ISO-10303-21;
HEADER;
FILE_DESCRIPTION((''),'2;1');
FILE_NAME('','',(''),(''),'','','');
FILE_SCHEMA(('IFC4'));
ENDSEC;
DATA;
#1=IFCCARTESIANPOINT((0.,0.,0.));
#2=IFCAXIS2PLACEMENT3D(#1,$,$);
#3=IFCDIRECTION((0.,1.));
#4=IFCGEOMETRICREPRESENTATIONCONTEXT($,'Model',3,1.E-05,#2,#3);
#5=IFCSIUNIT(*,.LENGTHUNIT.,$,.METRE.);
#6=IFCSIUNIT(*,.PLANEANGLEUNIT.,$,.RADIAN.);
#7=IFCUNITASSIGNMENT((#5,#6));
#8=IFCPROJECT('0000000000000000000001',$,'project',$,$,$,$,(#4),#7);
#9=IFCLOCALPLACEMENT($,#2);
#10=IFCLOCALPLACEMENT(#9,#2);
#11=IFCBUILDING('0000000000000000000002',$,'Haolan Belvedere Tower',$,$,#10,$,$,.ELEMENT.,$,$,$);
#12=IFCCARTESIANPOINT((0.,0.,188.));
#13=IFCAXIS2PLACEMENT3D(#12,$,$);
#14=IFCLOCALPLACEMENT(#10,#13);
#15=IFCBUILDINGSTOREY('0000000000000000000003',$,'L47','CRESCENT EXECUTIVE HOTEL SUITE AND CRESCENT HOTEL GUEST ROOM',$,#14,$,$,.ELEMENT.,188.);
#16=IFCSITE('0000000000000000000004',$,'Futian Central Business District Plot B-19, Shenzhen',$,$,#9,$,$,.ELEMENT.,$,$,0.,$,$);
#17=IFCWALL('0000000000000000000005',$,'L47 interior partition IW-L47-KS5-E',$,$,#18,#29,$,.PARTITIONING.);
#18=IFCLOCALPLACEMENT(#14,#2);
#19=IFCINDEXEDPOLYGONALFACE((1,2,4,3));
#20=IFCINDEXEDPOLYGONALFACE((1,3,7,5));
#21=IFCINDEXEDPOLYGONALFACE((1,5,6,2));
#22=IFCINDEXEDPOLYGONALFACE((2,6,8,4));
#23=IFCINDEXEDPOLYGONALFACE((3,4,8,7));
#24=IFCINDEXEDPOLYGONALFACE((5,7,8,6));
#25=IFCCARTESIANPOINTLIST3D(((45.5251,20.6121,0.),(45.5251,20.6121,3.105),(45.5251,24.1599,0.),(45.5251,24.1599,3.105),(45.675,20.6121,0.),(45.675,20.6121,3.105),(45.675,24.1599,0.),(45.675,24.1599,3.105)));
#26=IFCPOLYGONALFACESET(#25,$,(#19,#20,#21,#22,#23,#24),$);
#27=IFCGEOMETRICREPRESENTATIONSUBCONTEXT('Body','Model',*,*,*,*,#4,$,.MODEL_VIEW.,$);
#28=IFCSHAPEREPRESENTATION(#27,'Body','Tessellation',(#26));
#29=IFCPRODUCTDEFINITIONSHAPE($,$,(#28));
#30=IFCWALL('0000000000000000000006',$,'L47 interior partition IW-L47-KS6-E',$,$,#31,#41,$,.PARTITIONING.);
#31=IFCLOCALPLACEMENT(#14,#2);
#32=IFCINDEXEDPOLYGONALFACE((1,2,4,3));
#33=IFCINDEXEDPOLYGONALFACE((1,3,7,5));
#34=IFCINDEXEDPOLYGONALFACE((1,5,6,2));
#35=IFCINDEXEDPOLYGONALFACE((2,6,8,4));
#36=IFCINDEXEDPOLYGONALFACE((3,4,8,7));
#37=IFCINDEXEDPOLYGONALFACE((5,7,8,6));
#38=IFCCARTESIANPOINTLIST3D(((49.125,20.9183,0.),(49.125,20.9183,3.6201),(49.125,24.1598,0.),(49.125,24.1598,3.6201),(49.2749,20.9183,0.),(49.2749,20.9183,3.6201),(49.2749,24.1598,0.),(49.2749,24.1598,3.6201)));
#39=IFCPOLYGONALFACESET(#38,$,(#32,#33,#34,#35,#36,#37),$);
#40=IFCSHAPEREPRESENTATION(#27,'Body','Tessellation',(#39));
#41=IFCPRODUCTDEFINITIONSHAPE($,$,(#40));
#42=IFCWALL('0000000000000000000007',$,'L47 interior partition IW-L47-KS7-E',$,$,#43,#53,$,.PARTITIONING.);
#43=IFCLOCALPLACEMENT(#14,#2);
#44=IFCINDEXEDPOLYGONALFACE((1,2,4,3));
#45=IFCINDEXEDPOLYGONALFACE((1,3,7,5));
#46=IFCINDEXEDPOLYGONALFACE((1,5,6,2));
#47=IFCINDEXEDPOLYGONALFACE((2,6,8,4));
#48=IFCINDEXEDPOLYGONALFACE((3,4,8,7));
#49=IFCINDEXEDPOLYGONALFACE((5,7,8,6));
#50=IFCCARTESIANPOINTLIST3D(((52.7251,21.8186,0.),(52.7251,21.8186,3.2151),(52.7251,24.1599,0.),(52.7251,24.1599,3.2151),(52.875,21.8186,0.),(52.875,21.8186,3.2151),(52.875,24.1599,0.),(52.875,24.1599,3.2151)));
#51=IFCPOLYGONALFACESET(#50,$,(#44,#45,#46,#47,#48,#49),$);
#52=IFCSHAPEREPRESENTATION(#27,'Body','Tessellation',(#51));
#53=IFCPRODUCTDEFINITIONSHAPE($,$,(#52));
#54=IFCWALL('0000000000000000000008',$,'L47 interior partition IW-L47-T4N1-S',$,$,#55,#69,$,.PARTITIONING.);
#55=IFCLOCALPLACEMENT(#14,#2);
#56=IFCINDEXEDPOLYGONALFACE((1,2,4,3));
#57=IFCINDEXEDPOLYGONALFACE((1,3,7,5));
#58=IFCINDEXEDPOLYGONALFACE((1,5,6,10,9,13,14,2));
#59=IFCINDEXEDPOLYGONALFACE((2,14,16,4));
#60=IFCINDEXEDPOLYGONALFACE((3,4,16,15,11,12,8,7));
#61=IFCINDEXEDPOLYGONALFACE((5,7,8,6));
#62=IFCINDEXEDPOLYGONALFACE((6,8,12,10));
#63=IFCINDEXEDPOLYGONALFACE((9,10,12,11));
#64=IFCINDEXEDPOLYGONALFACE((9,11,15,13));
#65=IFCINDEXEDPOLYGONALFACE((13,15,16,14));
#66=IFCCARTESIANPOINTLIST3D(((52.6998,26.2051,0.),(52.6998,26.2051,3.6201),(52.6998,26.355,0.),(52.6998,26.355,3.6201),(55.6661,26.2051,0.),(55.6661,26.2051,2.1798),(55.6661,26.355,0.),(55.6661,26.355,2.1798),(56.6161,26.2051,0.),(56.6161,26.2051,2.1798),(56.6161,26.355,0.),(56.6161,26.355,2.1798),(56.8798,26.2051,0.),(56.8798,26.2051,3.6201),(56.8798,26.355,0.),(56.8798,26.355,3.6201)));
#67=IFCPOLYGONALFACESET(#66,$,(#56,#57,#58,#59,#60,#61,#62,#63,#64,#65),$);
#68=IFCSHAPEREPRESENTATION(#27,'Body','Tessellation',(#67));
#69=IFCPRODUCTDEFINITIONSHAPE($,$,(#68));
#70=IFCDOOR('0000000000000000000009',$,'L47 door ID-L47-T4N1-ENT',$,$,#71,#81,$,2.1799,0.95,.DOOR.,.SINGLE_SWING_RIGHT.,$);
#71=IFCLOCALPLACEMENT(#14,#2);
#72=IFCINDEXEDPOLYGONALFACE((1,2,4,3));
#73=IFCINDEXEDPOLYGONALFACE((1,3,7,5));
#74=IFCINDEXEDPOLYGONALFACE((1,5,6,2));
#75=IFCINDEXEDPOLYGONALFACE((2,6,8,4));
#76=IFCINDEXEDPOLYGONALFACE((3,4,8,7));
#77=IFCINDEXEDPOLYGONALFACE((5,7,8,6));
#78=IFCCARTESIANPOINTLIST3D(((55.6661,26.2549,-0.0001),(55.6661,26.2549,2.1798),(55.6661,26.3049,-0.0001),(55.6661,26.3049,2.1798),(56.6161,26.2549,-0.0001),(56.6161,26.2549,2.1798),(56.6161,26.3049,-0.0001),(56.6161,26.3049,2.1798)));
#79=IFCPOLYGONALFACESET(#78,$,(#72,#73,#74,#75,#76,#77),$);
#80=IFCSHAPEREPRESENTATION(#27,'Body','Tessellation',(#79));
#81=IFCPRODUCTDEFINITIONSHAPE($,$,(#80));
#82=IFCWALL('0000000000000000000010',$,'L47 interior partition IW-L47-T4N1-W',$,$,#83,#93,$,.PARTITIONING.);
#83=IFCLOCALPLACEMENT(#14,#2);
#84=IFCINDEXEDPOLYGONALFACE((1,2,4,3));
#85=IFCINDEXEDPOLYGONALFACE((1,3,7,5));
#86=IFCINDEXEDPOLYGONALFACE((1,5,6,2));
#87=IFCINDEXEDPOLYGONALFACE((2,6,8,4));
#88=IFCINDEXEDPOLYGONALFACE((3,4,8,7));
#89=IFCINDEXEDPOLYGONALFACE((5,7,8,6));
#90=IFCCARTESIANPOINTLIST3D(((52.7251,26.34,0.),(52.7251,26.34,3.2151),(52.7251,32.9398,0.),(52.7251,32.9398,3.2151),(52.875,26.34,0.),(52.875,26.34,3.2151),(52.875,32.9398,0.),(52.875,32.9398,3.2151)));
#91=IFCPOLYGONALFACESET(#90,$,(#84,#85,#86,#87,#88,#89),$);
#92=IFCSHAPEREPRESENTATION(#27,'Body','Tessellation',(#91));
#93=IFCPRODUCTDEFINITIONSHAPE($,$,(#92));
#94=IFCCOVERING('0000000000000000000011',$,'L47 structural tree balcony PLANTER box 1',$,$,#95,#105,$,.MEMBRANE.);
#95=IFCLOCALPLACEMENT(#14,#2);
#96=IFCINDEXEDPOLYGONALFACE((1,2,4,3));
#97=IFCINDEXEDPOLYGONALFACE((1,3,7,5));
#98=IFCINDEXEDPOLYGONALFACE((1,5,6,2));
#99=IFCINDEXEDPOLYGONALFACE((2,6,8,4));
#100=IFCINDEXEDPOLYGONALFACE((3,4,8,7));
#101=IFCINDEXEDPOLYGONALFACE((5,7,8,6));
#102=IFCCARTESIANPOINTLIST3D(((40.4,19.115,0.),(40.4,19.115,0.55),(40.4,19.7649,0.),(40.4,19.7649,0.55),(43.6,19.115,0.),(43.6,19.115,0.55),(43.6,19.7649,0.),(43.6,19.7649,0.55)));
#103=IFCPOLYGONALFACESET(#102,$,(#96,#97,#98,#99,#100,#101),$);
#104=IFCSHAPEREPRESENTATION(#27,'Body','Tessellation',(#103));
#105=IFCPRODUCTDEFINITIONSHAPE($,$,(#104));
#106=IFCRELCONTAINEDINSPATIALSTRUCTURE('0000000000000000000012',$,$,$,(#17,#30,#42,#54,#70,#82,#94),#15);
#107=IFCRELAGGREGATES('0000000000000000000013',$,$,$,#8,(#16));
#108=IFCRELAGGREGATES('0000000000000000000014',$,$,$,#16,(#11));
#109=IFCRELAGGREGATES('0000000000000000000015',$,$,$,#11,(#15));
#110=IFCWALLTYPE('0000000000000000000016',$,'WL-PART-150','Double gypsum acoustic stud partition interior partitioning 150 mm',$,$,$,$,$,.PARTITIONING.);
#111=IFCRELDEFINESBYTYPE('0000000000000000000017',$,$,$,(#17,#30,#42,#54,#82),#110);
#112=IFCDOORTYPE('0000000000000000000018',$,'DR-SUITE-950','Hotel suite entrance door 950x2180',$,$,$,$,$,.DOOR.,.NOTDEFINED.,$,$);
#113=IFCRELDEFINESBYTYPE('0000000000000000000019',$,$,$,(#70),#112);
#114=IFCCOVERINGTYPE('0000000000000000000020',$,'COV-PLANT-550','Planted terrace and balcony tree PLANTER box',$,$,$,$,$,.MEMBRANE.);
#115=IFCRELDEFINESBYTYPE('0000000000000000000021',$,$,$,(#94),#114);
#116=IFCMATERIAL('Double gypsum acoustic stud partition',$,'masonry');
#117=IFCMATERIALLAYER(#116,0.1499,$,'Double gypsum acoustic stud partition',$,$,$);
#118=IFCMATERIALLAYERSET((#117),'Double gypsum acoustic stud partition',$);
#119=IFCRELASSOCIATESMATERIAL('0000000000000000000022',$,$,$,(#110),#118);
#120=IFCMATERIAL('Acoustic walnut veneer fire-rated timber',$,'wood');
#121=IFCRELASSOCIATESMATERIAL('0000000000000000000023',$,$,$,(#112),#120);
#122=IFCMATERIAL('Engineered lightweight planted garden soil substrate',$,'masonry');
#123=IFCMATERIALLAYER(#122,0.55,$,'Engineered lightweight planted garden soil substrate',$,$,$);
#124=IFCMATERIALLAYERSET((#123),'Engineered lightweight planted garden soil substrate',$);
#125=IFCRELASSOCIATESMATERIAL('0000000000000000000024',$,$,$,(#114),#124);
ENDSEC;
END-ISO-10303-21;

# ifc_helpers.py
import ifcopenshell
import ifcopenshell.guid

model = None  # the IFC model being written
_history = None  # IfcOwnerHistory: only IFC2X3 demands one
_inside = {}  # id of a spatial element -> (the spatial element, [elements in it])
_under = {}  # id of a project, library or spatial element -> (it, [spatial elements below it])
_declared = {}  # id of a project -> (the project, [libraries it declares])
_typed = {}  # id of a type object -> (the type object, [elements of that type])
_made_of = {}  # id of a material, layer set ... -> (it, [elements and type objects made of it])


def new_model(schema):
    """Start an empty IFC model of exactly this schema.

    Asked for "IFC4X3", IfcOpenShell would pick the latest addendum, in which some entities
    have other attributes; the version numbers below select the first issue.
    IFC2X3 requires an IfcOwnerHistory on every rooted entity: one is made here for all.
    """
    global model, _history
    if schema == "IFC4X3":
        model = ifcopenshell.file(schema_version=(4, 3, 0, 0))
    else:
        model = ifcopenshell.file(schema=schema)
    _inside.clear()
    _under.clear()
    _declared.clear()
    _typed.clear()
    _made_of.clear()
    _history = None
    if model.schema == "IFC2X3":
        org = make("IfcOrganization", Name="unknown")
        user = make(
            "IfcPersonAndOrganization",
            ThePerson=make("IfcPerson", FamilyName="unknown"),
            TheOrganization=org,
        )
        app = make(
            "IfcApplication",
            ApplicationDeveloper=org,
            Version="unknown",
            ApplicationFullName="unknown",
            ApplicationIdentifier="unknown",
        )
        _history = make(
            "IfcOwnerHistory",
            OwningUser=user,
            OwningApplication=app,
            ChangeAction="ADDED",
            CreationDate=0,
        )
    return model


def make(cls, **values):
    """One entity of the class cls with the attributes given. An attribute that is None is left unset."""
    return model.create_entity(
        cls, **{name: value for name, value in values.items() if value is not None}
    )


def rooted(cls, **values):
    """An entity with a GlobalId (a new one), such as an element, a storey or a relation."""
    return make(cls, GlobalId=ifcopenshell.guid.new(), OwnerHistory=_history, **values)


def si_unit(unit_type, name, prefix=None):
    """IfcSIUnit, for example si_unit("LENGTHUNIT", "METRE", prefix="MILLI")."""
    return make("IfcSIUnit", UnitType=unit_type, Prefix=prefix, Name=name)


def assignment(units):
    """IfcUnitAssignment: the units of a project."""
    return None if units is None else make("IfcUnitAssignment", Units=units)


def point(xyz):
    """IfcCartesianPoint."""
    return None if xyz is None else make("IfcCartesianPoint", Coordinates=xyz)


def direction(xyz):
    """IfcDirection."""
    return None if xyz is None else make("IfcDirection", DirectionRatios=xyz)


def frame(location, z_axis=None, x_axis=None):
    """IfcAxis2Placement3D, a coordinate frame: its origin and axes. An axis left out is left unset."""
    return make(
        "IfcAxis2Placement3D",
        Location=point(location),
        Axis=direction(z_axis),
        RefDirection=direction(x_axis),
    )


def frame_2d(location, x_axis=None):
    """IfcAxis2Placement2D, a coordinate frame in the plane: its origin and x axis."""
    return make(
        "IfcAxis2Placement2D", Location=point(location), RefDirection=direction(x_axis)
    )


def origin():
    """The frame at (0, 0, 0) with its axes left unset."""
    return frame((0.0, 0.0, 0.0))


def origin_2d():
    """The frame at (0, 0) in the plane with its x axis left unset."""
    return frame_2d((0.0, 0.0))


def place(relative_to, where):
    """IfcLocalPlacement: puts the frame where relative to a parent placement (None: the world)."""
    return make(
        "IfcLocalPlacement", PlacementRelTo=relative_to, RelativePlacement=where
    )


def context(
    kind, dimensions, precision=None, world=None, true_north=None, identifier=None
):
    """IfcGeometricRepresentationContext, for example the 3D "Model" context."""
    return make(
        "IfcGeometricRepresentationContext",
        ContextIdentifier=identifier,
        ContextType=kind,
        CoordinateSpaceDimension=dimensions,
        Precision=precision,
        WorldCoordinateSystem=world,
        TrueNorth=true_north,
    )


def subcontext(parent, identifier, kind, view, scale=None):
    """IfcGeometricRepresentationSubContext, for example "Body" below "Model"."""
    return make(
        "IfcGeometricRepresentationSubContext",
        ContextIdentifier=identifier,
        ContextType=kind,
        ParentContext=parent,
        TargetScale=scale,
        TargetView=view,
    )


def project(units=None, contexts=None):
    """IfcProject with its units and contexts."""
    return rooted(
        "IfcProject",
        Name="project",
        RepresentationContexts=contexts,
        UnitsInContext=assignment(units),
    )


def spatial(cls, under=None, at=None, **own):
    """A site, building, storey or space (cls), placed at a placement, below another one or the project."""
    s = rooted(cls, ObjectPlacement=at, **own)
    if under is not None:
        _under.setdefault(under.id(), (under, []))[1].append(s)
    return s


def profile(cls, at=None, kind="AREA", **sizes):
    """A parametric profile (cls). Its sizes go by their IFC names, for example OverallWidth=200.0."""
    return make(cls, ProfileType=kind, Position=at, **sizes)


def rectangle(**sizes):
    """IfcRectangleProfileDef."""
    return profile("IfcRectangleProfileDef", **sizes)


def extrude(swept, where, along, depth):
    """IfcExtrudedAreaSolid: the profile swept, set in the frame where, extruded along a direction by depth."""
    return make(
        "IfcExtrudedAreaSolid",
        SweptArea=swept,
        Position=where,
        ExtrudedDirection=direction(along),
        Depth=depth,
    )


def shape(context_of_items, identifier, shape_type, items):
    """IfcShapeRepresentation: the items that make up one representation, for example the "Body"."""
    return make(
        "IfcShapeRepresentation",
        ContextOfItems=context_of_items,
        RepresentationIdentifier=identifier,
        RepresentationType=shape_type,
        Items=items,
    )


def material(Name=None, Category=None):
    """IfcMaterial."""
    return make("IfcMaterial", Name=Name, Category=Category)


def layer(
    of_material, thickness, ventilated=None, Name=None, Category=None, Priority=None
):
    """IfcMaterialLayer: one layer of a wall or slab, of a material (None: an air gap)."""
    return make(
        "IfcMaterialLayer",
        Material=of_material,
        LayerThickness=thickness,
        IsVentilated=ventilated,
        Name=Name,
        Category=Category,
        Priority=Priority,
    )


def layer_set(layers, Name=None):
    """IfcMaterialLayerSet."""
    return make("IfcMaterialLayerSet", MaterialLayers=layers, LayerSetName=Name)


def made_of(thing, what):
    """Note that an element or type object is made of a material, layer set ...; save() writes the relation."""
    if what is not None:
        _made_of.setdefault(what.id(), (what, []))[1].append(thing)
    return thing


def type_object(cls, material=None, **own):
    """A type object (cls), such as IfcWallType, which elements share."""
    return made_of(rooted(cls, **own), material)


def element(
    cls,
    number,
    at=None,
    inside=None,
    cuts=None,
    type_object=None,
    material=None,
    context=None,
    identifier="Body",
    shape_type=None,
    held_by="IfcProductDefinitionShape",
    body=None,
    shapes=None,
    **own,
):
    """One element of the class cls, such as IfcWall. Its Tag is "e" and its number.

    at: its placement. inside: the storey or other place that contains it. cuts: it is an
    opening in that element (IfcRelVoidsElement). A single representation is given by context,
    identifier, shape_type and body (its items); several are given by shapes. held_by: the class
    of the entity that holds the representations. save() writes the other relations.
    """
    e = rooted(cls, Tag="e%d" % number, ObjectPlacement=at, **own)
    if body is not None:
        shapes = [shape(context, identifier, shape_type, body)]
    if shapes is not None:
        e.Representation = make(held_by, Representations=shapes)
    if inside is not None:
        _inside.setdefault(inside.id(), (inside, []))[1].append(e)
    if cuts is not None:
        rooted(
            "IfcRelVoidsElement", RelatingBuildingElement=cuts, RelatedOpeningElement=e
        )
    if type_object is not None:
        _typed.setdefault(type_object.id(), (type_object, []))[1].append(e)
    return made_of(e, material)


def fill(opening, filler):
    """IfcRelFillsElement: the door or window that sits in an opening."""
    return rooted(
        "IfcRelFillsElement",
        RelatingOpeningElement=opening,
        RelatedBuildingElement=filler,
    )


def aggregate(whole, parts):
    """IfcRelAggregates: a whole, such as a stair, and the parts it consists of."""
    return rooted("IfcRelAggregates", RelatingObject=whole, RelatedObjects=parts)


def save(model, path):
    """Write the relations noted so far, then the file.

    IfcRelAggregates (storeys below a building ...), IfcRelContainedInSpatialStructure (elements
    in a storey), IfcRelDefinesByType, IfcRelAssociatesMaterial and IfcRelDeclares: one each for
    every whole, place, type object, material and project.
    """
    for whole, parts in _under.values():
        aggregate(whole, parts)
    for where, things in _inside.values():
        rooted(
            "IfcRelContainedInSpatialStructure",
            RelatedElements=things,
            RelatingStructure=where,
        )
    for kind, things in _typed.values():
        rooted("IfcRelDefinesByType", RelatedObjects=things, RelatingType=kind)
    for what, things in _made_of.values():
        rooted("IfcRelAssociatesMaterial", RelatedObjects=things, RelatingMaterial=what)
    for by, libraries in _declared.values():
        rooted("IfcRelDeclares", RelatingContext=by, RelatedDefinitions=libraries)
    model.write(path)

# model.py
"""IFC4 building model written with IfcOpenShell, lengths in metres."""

from ifc_helpers import new_model, si_unit, direction, frame, frame_2d, origin, origin_2d, place, context, subcontext, project, spatial, rectangle, extrude, material, layer, layer_set, type_object, element, fill, save


model = new_model("IFC4")

# Units and contexts
model_context = context("Model", 3, precision=1e-05, world=origin(), true_north=direction((0.0, 1.0)))
body_context = subcontext(model_context, "Body", "Model", "MODEL_VIEW")
ifc_project = project(units=[si_unit("LENGTHUNIT", "METRE"), si_unit("PLANEANGLEUNIT", "RADIAN")], contexts=[model_context])

# Site, building, storey
site_placement = place(None, origin())
site = spatial("IfcSite", under=ifc_project, at=site_placement, Name="Futian Central Business District Plot B-19, Shenzhen", CompositionType="ELEMENT", RefElevation=0.0)
building_placement = place(site_placement, origin())
building = spatial("IfcBuilding", under=site, at=building_placement, Name="Haolan Belvedere Tower", CompositionType="ELEMENT")
storey_placement = place(building_placement, frame((0.0, 0.0, 188.0)))
storey = spatial("IfcBuildingStorey", under=building, at=storey_placement, Name="L47", Description="CRESCENT EXECUTIVE HOTEL SUITE AND CRESCENT HOTEL GUEST ROOM", CompositionType="ELEMENT", Elevation=188.0)

# Shared definitions
ifc_material_1 = material(Name="Double gypsum acoustic stud partition", Category="masonry")
ifc_layer_1 = layer(ifc_material_1, 0.1499, Name="Double gypsum acoustic stud partition")
ifc_layer_set_1 = layer_set([ifc_layer_1], Name="Double gypsum acoustic stud partition")
wall_type_1 = type_object("IfcWallType", Name="WL-PART-150", Description="Double gypsum acoustic stud partition interior partitioning 150 mm", PredefinedType="PARTITIONING", material=ifc_layer_set_1)

# Wall
wall_1_placement = place(storey_placement, frame((45.6001, 20.6121, 0.0), z_axis=(0.0, 0.0, 1.0), x_axis=(0.0, 1.0, 0.0)))
element("IfcWall", 1, at=wall_1_placement, inside=storey, type_object=wall_type_1, Name="L47 interior partition IW-L47-KS5-E", PredefinedType="PARTITIONING", context=body_context, shape_type="SweptSolid", body=[
    extrude(rectangle(XDim=3.5479, YDim=0.1499, at=frame_2d((1.7739, 0.0))), origin(), (0.0, 0.0, 1.0), 3.105),
])

# Wall
wall_2_placement = place(storey_placement, frame((49.2, 20.9185, 0.0), z_axis=(0.0, 0.0, 1.0), x_axis=(0.0, 1.0, 0.0)))
element("IfcWall", 2, at=wall_2_placement, inside=storey, type_object=wall_type_1, Name="L47 interior partition IW-L47-KS6-E", PredefinedType="PARTITIONING", context=body_context, shape_type="SweptSolid", body=[
    extrude(rectangle(XDim=3.2415, YDim=0.1499, at=frame_2d((1.6206, 0.0))), origin(), (0.0, 0.0, 1.0), 3.6201),
])

# Wall
wall_3_placement = place(storey_placement, frame((52.8, 21.8186, 0.0), z_axis=(0.0, 0.0, 1.0), x_axis=(0.0, 1.0, 0.0)))
element("IfcWall", 3, at=wall_3_placement, inside=storey, type_object=wall_type_1, Name="L47 interior partition IW-L47-KS7-E", PredefinedType="PARTITIONING", context=body_context, shape_type="SweptSolid", body=[
    extrude(rectangle(XDim=2.3413, YDim=0.1499, at=frame_2d((1.1707, 0.0))), origin(), (0.0, 0.0, 1.0), 3.2151),
])

# Wall, opening, door
wall_4_placement = place(storey_placement, frame((52.7, 26.28, 0.0), z_axis=(0.0, 0.0, 1.0), x_axis=(1.0, 0.0, 0.0)))
wall_4 = element("IfcWall", 4, at=wall_4_placement, inside=storey, type_object=wall_type_1, Name="L47 interior partition IW-L47-T4N1-S", PredefinedType="PARTITIONING", context=body_context, shape_type="SweptSolid", body=[
    extrude(rectangle(XDim=4.1799, YDim=0.1499, at=frame_2d((2.0898, 0.0))), origin(), (0.0, 0.0, 1.0), 3.6201),
])
opening_1_placement = place(wall_4_placement, frame((2.9661, 0.0, 0.0)))
opening_1 = element("IfcOpeningElement", 5, at=opening_1_placement, cuts=wall_4, PredefinedType="OPENING", context=body_context, shape_type="SweptSolid", body=[
    extrude(rectangle(XDim=0.95, YDim=2.1799, at=frame_2d((0.4751, 1.0898))), frame((0.0, 0.085, 0.0), z_axis=(0.0, -1.0, 0.0), x_axis=(1.0, 0.0, 0.0)), (0.0, 0.0, 1.0), 0.1699),
])
ifc_material_2 = material(Name="Acoustic walnut veneer fire-rated timber", Category="wood")
door_type_1 = type_object("IfcDoorType", Name="DR-SUITE-950", Description="Hotel suite entrance door 950x2180", OperationType="NOTDEFINED", PredefinedType="DOOR", material=ifc_material_2)
door_1_placement = place(opening_1_placement, origin())
door_1 = element("IfcDoor", 6, at=door_1_placement, inside=storey, type_object=door_type_1, Name="L47 door ID-L47-T4N1-ENT", OperationType="SINGLE_SWING_RIGHT", OverallHeight=2.1799, OverallWidth=0.95, PredefinedType="DOOR", context=body_context, shape_type="SweptSolid", body=[
    extrude(rectangle(XDim=0.95, YDim=2.1799, at=frame_2d((0.4751, 1.0898))), frame((0.0, 0.0249, 0.0), z_axis=(0.0, -1.0, 0.0), x_axis=(1.0, 0.0, 0.0)), (0.0, 0.0, 1.0), 0.05),
])
fill(opening_1, door_1)

# Wall
wall_5_placement = place(storey_placement, frame((52.8, 26.3401, 0.0), z_axis=(0.0, 0.0, 1.0), x_axis=(0.0, 1.0, 0.0)))
element("IfcWall", 7, at=wall_5_placement, inside=storey, type_object=wall_type_1, Name="L47 interior partition IW-L47-T4N1-W", PredefinedType="PARTITIONING", context=body_context, shape_type="SweptSolid", body=[
    extrude(rectangle(XDim=6.5999, YDim=0.1499, at=frame_2d((3.2998, 0.0))), origin(), (0.0, 0.0, 1.0), 3.2151),
])

# Covering
ifc_material_3 = material(Name="Engineered lightweight planted garden soil substrate", Category="masonry")
ifc_layer_2 = layer(ifc_material_3, 0.55, Name="Engineered lightweight planted garden soil substrate")
ifc_layer_set_2 = layer_set([ifc_layer_2], Name="Engineered lightweight planted garden soil substrate")
covering_type = type_object("IfcCoveringType", Name="COV-PLANT-550", Description="Planted terrace and balcony tree PLANTER box", PredefinedType="MEMBRANE", material=ifc_layer_set_2)
covering_placement = place(storey_placement, frame((42.0, 19.4399, 0.0), z_axis=(0.0, 0.0, 1.0), x_axis=(1.0, 0.0, 0.0)))
element("IfcCovering", 8, at=covering_placement, inside=storey, type_object=covering_type, Name="L47 structural tree balcony PLANTER box 1", PredefinedType="MEMBRANE", context=body_context, shape_type="SweptSolid", body=[
    extrude(rectangle(XDim=3.2, YDim=0.6499, at=origin_2d()), origin(), (0.0, 0.0, 1.0), 0.55),
])

save(model, "model.ifc")
